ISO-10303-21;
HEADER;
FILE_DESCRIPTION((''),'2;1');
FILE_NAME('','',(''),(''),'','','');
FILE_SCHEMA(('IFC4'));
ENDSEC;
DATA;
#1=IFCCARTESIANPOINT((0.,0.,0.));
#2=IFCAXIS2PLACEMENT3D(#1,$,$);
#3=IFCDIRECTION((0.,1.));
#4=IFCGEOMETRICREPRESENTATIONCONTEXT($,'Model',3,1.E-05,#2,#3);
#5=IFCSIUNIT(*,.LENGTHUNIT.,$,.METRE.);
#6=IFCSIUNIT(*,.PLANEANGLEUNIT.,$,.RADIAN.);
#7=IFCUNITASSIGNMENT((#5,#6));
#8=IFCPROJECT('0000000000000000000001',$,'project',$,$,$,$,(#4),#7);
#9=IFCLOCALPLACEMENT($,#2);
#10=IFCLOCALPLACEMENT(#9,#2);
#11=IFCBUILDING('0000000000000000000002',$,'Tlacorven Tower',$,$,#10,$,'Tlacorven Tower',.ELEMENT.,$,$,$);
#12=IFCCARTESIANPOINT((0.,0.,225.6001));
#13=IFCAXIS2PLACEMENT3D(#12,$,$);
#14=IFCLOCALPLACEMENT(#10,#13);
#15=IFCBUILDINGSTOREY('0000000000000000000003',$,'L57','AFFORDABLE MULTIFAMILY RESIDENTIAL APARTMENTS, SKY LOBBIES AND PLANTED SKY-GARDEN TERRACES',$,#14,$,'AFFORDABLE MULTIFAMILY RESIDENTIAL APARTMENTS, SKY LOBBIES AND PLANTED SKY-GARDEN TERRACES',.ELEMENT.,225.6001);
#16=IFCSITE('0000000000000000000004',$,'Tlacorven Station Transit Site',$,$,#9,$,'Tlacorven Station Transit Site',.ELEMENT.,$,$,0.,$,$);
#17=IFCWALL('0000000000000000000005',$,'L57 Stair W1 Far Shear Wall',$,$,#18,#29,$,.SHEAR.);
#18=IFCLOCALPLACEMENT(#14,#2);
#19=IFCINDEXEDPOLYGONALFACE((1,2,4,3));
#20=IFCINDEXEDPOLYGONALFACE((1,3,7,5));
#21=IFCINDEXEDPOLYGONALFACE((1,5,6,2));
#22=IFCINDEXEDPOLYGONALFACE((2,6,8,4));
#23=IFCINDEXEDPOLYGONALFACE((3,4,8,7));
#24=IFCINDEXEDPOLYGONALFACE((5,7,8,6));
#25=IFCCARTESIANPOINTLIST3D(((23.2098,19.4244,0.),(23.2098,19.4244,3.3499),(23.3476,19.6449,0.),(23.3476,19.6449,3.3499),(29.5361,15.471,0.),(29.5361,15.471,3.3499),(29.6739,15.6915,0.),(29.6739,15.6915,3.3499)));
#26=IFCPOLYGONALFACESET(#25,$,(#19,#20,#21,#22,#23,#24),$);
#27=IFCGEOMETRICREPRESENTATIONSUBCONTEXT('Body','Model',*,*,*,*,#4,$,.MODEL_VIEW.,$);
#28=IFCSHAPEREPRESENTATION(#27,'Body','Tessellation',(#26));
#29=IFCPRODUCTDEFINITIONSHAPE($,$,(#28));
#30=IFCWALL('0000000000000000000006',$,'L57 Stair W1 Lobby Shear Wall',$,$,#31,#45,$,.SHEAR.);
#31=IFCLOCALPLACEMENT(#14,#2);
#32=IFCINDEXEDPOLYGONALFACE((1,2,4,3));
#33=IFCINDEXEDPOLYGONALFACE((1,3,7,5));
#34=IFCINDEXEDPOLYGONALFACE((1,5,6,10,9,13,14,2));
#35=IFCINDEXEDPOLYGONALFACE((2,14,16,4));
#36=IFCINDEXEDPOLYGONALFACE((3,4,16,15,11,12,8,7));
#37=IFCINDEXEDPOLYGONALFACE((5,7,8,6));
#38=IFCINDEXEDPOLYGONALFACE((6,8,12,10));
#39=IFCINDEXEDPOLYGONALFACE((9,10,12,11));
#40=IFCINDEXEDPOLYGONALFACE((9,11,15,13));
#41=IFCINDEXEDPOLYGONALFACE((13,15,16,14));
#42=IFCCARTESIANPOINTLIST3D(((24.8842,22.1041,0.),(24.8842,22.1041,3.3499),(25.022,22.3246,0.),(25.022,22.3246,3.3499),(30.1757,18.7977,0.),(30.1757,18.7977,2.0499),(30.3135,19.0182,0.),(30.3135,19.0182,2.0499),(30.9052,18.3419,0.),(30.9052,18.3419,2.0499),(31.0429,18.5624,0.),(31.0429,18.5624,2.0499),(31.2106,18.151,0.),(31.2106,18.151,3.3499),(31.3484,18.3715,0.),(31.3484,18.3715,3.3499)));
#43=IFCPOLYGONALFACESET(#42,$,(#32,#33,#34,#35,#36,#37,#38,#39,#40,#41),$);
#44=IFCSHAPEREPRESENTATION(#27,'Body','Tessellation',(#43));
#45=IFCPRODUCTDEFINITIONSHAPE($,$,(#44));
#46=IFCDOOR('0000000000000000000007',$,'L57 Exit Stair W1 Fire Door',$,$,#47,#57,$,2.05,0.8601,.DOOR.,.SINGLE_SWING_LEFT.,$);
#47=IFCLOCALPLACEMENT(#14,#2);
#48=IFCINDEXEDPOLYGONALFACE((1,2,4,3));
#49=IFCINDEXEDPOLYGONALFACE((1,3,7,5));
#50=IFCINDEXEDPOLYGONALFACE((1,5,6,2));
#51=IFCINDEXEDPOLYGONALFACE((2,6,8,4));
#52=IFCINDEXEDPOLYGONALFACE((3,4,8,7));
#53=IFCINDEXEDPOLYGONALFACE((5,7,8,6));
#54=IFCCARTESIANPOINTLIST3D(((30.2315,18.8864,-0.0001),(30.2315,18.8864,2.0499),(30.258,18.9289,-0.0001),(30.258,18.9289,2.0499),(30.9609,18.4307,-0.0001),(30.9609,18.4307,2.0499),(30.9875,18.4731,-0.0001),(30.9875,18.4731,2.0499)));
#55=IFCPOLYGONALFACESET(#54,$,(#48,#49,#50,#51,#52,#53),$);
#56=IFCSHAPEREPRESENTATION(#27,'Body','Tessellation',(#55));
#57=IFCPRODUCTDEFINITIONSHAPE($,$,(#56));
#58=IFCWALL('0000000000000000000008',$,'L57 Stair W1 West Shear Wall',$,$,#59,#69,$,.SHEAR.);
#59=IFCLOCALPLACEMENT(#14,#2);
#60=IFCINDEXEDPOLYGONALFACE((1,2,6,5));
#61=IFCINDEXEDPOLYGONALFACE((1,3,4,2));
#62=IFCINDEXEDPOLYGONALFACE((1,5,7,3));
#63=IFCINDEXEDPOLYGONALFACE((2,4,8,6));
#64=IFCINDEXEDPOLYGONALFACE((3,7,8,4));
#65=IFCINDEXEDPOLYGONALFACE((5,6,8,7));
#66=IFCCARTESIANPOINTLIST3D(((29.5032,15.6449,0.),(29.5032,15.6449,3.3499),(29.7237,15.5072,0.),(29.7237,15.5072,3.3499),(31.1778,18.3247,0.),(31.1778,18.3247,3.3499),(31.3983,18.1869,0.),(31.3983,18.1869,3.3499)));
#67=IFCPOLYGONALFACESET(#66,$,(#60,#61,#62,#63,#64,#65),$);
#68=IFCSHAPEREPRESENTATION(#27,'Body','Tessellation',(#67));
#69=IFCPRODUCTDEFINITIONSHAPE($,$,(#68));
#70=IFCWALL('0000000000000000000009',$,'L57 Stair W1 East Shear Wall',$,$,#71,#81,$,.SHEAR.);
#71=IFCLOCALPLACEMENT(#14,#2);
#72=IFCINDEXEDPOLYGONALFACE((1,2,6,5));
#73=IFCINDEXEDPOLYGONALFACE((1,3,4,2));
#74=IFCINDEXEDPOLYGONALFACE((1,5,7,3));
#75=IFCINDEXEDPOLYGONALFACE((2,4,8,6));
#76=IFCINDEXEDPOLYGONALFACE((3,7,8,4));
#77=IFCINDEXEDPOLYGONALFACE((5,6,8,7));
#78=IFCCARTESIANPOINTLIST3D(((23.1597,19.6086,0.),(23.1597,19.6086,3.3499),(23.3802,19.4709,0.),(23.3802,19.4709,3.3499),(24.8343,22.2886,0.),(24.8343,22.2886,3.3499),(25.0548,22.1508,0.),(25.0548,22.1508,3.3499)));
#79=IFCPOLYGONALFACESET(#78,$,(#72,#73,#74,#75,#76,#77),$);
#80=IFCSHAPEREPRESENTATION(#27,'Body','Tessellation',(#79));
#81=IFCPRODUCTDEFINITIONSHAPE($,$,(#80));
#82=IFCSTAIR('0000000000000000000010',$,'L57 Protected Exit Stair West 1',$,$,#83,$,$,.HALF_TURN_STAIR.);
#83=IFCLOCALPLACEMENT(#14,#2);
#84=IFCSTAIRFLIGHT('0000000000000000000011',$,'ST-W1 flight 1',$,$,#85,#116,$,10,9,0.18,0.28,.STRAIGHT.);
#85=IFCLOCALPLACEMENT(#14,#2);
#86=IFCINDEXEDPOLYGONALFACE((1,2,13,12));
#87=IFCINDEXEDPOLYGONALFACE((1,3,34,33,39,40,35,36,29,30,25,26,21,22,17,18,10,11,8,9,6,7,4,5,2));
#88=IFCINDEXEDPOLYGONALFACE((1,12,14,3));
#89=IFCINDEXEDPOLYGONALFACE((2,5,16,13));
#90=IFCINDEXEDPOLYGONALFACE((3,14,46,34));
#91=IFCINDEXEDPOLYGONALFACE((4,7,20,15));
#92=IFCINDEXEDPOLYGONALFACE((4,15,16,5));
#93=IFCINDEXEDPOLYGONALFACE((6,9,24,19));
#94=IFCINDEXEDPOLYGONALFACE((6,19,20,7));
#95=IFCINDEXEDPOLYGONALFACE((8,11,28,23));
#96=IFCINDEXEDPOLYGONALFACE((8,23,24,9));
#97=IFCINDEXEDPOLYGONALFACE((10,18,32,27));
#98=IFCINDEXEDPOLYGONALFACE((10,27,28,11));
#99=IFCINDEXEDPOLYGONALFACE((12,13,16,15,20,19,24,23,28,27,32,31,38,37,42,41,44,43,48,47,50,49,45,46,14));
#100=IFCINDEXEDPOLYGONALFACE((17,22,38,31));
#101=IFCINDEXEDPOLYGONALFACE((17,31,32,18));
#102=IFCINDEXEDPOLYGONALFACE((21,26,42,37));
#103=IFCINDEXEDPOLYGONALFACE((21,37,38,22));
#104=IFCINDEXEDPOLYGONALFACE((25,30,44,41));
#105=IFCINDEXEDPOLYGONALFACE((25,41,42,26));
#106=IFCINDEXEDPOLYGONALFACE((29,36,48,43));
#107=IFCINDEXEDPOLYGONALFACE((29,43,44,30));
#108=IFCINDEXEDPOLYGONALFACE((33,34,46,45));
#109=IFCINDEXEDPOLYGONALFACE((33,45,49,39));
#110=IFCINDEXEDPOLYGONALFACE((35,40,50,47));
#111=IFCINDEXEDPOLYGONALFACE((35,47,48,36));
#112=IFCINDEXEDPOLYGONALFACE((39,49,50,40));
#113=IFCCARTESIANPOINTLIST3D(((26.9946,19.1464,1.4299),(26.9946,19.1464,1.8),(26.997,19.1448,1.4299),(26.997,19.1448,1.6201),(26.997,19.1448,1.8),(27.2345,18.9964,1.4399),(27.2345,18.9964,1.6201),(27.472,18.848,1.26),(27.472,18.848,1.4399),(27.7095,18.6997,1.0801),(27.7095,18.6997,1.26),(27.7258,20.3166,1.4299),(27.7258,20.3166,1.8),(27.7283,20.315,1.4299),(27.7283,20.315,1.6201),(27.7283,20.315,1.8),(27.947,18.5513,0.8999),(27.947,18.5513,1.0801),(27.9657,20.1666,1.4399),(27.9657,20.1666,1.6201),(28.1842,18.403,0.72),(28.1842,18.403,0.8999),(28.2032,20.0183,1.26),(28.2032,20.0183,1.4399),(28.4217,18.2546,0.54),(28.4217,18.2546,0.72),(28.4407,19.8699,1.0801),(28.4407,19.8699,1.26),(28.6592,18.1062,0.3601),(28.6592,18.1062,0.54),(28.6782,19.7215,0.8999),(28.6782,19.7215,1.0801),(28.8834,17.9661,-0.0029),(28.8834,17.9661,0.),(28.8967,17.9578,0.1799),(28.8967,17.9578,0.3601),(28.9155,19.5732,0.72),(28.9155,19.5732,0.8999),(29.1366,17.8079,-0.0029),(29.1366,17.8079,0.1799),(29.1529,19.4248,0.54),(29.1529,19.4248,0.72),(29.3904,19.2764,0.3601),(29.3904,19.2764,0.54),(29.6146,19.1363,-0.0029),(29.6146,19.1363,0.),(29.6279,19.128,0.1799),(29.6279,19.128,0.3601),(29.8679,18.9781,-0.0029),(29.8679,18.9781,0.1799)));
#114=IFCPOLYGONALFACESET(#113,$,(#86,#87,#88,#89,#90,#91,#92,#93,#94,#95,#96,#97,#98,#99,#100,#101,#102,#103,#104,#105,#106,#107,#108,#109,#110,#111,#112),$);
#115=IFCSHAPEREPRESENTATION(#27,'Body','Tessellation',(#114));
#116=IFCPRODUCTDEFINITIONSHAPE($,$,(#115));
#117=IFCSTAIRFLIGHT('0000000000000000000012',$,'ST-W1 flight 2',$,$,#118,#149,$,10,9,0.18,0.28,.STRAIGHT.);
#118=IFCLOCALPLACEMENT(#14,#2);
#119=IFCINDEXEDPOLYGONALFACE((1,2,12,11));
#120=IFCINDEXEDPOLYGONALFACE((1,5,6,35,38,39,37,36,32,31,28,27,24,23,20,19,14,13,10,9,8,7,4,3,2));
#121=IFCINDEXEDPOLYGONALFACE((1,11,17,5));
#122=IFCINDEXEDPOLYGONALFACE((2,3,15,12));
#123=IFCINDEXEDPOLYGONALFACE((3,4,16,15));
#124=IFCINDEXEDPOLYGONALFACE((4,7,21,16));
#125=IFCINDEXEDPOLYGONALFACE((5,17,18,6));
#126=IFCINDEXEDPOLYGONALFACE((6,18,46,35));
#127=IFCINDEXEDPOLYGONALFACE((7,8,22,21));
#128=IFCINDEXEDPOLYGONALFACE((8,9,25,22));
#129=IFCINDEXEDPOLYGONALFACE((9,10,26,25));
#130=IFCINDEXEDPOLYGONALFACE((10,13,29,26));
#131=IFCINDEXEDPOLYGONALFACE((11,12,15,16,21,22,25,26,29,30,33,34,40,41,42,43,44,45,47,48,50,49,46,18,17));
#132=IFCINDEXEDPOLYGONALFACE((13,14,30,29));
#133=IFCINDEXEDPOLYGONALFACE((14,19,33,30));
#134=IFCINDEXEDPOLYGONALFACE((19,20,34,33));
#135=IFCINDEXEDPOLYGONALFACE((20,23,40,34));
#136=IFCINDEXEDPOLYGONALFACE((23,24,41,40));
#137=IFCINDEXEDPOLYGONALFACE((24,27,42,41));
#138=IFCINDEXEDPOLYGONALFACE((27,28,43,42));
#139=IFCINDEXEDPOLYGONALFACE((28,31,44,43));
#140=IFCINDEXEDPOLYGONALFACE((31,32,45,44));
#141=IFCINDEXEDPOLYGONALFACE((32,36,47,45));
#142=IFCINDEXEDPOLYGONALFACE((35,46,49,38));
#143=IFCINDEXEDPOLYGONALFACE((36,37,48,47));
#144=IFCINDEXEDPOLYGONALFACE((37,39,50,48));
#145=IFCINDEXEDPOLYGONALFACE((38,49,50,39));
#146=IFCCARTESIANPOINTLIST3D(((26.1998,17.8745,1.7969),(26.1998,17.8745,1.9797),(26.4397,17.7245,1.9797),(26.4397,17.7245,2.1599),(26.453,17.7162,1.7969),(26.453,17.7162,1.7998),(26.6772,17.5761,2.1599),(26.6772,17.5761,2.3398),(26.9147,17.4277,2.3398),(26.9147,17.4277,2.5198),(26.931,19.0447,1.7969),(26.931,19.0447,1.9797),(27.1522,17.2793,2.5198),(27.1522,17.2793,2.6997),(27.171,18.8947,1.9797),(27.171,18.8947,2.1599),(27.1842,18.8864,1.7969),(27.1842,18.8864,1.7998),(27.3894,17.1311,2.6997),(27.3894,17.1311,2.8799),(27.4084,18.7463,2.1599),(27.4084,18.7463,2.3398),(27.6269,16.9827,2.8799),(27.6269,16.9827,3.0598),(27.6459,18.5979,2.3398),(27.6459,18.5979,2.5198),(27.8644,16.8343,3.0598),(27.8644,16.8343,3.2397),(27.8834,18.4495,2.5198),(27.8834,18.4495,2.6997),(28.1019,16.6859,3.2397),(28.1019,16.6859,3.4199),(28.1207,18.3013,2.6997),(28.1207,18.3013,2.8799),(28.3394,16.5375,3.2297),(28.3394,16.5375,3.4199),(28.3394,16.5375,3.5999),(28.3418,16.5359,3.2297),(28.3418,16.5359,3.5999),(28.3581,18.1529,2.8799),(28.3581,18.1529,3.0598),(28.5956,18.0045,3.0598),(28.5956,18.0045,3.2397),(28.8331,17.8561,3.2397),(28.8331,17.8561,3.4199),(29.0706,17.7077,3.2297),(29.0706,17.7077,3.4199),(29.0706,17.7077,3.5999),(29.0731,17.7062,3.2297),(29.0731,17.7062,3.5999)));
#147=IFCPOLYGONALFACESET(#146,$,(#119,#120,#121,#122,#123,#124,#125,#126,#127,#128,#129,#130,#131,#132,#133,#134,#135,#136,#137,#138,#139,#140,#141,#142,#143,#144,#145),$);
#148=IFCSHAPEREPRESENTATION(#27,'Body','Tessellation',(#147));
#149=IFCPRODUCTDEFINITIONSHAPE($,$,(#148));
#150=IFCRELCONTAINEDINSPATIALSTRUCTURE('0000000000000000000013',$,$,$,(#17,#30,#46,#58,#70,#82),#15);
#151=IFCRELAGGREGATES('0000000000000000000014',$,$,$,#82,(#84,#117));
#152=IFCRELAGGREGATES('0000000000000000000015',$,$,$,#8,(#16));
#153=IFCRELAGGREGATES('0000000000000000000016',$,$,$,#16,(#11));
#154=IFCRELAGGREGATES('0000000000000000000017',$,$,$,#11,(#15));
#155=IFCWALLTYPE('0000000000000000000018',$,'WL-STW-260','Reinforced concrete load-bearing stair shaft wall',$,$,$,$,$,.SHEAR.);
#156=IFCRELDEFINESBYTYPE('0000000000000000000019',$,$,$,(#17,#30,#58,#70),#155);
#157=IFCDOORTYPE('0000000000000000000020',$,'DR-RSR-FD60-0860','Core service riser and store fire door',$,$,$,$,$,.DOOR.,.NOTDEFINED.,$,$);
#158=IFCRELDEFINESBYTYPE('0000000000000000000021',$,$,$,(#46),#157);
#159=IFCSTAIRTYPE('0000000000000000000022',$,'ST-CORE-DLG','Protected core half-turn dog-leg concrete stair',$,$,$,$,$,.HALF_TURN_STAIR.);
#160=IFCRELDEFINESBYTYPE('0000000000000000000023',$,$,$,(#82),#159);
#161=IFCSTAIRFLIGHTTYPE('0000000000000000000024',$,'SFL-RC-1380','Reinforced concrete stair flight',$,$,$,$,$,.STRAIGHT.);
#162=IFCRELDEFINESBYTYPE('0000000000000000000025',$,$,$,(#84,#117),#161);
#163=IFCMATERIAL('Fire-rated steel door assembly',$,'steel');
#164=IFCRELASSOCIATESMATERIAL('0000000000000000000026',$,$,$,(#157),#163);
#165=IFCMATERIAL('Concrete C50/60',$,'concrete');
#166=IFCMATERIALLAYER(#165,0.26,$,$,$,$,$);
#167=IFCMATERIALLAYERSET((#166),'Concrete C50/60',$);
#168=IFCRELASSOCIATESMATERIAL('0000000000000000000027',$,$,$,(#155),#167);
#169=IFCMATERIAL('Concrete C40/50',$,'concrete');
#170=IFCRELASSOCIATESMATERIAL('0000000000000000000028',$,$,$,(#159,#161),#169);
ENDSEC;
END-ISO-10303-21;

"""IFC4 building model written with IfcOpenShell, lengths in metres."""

from ifc_helpers import new_model, si_unit, direction, frame, frame_2d, origin, place, context, subcontext, project, spatial, polyline, rectangle, outline, extrude, source, transform, mapped, material, layer, layer_set, type_object, element, fill, aggregate, save


model = new_model("IFC4")

# Units and contexts
model_context = context("Model", 3, precision=1e-05, world=origin(), true_north=direction((0.0, 1.0)))
body_context = subcontext(model_context, "Body", "Model", "MODEL_VIEW")
ifc_project = project(units=[si_unit("LENGTHUNIT", "METRE"), si_unit("PLANEANGLEUNIT", "RADIAN")], contexts=[model_context])

# Site, building, storey
site_placement = place(None, origin())
site = spatial("IfcSite", under=ifc_project, at=site_placement, Name="Tlacorven Station Transit Site", LongName="Tlacorven Station Transit Site", CompositionType="ELEMENT", RefElevation=0.0)
building_placement = place(site_placement, origin())
building = spatial("IfcBuilding", under=site, at=building_placement, Name="Tlacorven Tower", LongName="Tlacorven Tower", CompositionType="ELEMENT")
storey_placement = place(building_placement, frame((0.0, 0.0, 225.6001)))
storey = spatial("IfcBuildingStorey", under=building, at=storey_placement, Name="L57", Description="AFFORDABLE MULTIFAMILY RESIDENTIAL APARTMENTS, SKY LOBBIES AND PLANTED SKY-GARDEN TERRACES", LongName="AFFORDABLE MULTIFAMILY RESIDENTIAL APARTMENTS, SKY LOBBIES AND PLANTED SKY-GARDEN TERRACES", CompositionType="ELEMENT", Elevation=225.6001)

# Shared definitions
ifc_material_1 = material(Name="Concrete C50/60", Category="concrete")

# Shared definitions
ifc_material_2 = material(Name="Fire-rated steel door assembly", Category="steel")

# Shared definitions
ifc_material_3 = material(Name="Concrete C40/50", Category="concrete")

# Shared definitions
door_type_1 = type_object("IfcDoorType", Name="DR-RSR-FD60-0860", Description="Core service riser and store fire door", OperationType="NOTDEFINED", PredefinedType="DOOR", material=ifc_material_2)
shared_shape_1 = source(origin(), body_context, "Body", "SweptSolid", [
    extrude(rectangle(XDim=0.8601, YDim=2.05, at=frame_2d((0.4302, 1.0249))), frame((0.0, 0.0249, 0.0), z_axis=(0.0, -1.0, 0.0), x_axis=(1.0, 0.0, 0.0)), (0.0, 0.0, 1.0), 0.05),
])

# Wall
ifc_layer_1 = layer(ifc_material_1, 0.26)
ifc_layer_set_1 = layer_set([ifc_layer_1], Name="Concrete C50/60")
wall_type_1 = type_object("IfcWallType", Name="WL-STW-260", Description="Reinforced concrete load-bearing stair shaft wall", PredefinedType="SHEAR", material=ifc_layer_set_1)
wall_1_placement = place(storey_placement, frame((29.605, 15.5813, 0.0), z_axis=(0.0, 0.0, 1.0), x_axis=(-0.848037, 0.529937, 0.0)))
element("IfcWall", 1, at=wall_1_placement, inside=storey, type_object=wall_type_1, Name="L57 Stair W1 Far Shear Wall", PredefinedType="SHEAR", context=body_context, shape_type="SweptSolid", body=[
    extrude(rectangle(XDim=7.46, YDim=0.26, at=frame_2d((3.73, 0.0))), origin(), (0.0, 0.0, 1.0), 3.3499),
])

# Wall, opening, door
wall_2_placement = place(storey_placement, frame((31.2795, 18.2612, 0.0), z_axis=(0.0, 0.0, 1.0), x_axis=(-0.848052, 0.529914, 0.0)))
wall_2 = element("IfcWall", 2, at=wall_2_placement, inside=storey, type_object=wall_type_1, Name="L57 Stair W1 Lobby Shear Wall", PredefinedType="SHEAR", context=body_context, shape_type="SweptSolid", body=[
    extrude(rectangle(XDim=7.46, YDim=0.26, at=frame_2d((3.73, 0.0))), origin(), (0.0, 0.0, 1.0), 3.3499),
])
opening_1_placement = place(wall_2_placement, frame((0.3601, 0.0, 0.0)))
opening_1 = element("IfcOpeningElement", 3, at=opening_1_placement, cuts=wall_2, PredefinedType="OPENING", context=body_context, shape_type="SweptSolid", body=[
    extrude(rectangle(XDim=0.8601, YDim=2.05, at=frame_2d((0.4302, 1.0249))), frame((0.0, 0.1401, 0.0), z_axis=(0.0, -1.0, 0.0), x_axis=(1.0, 0.0, 0.0)), (0.0, 0.0, 1.0), 0.28),
])
door_1_placement = place(opening_1_placement, frame((0.8601, 0.0, 0.0), z_axis=(0.0, 0.0, 1.0), x_axis=(-1.0, 0.0, 0.0)))
door_1 = element("IfcDoor", 4, at=door_1_placement, inside=storey, type_object=door_type_1, Name="L57 Exit Stair W1 Fire Door", OperationType="SINGLE_SWING_LEFT", OverallHeight=2.05, OverallWidth=0.8601, PredefinedType="DOOR", context=body_context, shape_type="MappedRepresentation", body=[
    mapped(shared_shape_1, transform((0.0, 0.0, 0.0), scale=1.0)),
])
fill(opening_1, door_1)

# Walls
wall_3_placement = place(storey_placement, frame((31.2881, 18.2559, 0.0), z_axis=(0.0, 0.0, 1.0), x_axis=(-0.529943, -0.848033, 0.0)))
element("IfcWall", 5, at=wall_3_placement, inside=storey, type_object=wall_type_1, Name="L57 Stair W1 West Shear Wall", PredefinedType="SHEAR", context=body_context, shape_type="SweptSolid", body=[
    extrude(rectangle(XDim=3.1599, YDim=0.26, at=frame_2d((1.5801, 0.0))), origin(), (0.0, 0.0, 1.0), 3.3499),
])
wall_4_placement = place(storey_placement, frame((24.9446, 22.2197, 0.0), z_axis=(0.0, 0.0, 1.0), x_axis=(-0.529909, -0.848055, 0.0)))
element("IfcWall", 6, at=wall_4_placement, inside=storey, type_object=wall_type_1, Name="L57 Stair W1 East Shear Wall", PredefinedType="SHEAR", context=body_context, shape_type="SweptSolid", body=[
    extrude(rectangle(XDim=3.1602, YDim=0.26, at=frame_2d((1.5801, 0.0))), origin(), (0.0, 0.0, 1.0), 3.3499),
])

# Stair, stair flights
stair_type = type_object("IfcStairType", Name="ST-CORE-DLG", Description="Protected core half-turn dog-leg concrete stair", PredefinedType="HALF_TURN_STAIR", material=ifc_material_3)
stair_placement = place(storey_placement, origin())
stair = element("IfcStair", 7, at=stair_placement, inside=storey, type_object=stair_type, Name="L57 Protected Exit Stair West 1", PredefinedType="HALF_TURN_STAIR")
stair_flight_type = type_object("IfcStairFlightType", Name="SFL-RC-1380", Description="Reinforced concrete stair flight", PredefinedType="STRAIGHT", material=ifc_material_3)
shared_shape_2 = source(origin(), body_context, "Body", "SweptSolid", [
    extrude(outline(polyline([(-0.0029, -0.0029), (-0.0029, 0.1799), (0.28, 0.1799), (0.28, 0.3601), (0.5601, 0.3601), (0.5601, 0.54), (0.8401, 0.54), (0.8401, 0.72), (1.1201, 0.72), (1.1201, 0.8999), (1.3999, 0.8999), (1.3999, 1.0801), (1.6799, 1.0801), (1.6799, 1.26), (1.96, 1.26), (1.96, 1.4399), (2.24, 1.4399), (2.24, 1.6201), (2.52, 1.6201), (2.52, 1.8), (2.5229, 1.8), (2.5229, 1.4299), (2.52, 1.4299), (0.2957, 0.0), (0.2957, -0.0029), (-0.0029, -0.0029)])), frame((0.0, 0.6899, 0.0), z_axis=(0.0, -1.0, 0.0), x_axis=(1.0, 0.0, 0.0)), (0.0, 0.0, 1.0), 1.3799),
])
stair_flight_1_placement = place(storey_placement, frame((29.4998, 18.3945, 0.0), z_axis=(0.0, 0.0, 1.0), x_axis=(-0.848048, 0.529919, 0.0)))
stair_flight_1 = element("IfcStairFlight", 8, at=stair_flight_1_placement, type_object=stair_flight_type, Name="ST-W1 flight 1", NumberOfRisers=10, NumberOfTreads=9, PredefinedType="STRAIGHT", RiserHeight=0.18, TreadLength=0.28, context=body_context, shape_type="MappedRepresentation", body=[
    mapped(shared_shape_2, transform((0.0, 0.0, 0.0), scale=1.0)),
])
stair_flight_2_placement = place(storey_placement, frame((26.5679, 18.458, 1.7998), z_axis=(0.0, 0.0, 1.0), x_axis=(0.848048, -0.529919, 0.0)))
stair_flight_2 = element("IfcStairFlight", 9, at=stair_flight_2_placement, type_object=stair_flight_type, Name="ST-W1 flight 2", NumberOfRisers=10, NumberOfTreads=9, PredefinedType="STRAIGHT", RiserHeight=0.18, TreadLength=0.28, context=body_context, shape_type="MappedRepresentation", body=[
    mapped(shared_shape_2, transform((0.0, 0.0, 0.0), scale=1.0)),
])
aggregate(stair, [stair_flight_1, stair_flight_2])

save(model, "model.ifc")
